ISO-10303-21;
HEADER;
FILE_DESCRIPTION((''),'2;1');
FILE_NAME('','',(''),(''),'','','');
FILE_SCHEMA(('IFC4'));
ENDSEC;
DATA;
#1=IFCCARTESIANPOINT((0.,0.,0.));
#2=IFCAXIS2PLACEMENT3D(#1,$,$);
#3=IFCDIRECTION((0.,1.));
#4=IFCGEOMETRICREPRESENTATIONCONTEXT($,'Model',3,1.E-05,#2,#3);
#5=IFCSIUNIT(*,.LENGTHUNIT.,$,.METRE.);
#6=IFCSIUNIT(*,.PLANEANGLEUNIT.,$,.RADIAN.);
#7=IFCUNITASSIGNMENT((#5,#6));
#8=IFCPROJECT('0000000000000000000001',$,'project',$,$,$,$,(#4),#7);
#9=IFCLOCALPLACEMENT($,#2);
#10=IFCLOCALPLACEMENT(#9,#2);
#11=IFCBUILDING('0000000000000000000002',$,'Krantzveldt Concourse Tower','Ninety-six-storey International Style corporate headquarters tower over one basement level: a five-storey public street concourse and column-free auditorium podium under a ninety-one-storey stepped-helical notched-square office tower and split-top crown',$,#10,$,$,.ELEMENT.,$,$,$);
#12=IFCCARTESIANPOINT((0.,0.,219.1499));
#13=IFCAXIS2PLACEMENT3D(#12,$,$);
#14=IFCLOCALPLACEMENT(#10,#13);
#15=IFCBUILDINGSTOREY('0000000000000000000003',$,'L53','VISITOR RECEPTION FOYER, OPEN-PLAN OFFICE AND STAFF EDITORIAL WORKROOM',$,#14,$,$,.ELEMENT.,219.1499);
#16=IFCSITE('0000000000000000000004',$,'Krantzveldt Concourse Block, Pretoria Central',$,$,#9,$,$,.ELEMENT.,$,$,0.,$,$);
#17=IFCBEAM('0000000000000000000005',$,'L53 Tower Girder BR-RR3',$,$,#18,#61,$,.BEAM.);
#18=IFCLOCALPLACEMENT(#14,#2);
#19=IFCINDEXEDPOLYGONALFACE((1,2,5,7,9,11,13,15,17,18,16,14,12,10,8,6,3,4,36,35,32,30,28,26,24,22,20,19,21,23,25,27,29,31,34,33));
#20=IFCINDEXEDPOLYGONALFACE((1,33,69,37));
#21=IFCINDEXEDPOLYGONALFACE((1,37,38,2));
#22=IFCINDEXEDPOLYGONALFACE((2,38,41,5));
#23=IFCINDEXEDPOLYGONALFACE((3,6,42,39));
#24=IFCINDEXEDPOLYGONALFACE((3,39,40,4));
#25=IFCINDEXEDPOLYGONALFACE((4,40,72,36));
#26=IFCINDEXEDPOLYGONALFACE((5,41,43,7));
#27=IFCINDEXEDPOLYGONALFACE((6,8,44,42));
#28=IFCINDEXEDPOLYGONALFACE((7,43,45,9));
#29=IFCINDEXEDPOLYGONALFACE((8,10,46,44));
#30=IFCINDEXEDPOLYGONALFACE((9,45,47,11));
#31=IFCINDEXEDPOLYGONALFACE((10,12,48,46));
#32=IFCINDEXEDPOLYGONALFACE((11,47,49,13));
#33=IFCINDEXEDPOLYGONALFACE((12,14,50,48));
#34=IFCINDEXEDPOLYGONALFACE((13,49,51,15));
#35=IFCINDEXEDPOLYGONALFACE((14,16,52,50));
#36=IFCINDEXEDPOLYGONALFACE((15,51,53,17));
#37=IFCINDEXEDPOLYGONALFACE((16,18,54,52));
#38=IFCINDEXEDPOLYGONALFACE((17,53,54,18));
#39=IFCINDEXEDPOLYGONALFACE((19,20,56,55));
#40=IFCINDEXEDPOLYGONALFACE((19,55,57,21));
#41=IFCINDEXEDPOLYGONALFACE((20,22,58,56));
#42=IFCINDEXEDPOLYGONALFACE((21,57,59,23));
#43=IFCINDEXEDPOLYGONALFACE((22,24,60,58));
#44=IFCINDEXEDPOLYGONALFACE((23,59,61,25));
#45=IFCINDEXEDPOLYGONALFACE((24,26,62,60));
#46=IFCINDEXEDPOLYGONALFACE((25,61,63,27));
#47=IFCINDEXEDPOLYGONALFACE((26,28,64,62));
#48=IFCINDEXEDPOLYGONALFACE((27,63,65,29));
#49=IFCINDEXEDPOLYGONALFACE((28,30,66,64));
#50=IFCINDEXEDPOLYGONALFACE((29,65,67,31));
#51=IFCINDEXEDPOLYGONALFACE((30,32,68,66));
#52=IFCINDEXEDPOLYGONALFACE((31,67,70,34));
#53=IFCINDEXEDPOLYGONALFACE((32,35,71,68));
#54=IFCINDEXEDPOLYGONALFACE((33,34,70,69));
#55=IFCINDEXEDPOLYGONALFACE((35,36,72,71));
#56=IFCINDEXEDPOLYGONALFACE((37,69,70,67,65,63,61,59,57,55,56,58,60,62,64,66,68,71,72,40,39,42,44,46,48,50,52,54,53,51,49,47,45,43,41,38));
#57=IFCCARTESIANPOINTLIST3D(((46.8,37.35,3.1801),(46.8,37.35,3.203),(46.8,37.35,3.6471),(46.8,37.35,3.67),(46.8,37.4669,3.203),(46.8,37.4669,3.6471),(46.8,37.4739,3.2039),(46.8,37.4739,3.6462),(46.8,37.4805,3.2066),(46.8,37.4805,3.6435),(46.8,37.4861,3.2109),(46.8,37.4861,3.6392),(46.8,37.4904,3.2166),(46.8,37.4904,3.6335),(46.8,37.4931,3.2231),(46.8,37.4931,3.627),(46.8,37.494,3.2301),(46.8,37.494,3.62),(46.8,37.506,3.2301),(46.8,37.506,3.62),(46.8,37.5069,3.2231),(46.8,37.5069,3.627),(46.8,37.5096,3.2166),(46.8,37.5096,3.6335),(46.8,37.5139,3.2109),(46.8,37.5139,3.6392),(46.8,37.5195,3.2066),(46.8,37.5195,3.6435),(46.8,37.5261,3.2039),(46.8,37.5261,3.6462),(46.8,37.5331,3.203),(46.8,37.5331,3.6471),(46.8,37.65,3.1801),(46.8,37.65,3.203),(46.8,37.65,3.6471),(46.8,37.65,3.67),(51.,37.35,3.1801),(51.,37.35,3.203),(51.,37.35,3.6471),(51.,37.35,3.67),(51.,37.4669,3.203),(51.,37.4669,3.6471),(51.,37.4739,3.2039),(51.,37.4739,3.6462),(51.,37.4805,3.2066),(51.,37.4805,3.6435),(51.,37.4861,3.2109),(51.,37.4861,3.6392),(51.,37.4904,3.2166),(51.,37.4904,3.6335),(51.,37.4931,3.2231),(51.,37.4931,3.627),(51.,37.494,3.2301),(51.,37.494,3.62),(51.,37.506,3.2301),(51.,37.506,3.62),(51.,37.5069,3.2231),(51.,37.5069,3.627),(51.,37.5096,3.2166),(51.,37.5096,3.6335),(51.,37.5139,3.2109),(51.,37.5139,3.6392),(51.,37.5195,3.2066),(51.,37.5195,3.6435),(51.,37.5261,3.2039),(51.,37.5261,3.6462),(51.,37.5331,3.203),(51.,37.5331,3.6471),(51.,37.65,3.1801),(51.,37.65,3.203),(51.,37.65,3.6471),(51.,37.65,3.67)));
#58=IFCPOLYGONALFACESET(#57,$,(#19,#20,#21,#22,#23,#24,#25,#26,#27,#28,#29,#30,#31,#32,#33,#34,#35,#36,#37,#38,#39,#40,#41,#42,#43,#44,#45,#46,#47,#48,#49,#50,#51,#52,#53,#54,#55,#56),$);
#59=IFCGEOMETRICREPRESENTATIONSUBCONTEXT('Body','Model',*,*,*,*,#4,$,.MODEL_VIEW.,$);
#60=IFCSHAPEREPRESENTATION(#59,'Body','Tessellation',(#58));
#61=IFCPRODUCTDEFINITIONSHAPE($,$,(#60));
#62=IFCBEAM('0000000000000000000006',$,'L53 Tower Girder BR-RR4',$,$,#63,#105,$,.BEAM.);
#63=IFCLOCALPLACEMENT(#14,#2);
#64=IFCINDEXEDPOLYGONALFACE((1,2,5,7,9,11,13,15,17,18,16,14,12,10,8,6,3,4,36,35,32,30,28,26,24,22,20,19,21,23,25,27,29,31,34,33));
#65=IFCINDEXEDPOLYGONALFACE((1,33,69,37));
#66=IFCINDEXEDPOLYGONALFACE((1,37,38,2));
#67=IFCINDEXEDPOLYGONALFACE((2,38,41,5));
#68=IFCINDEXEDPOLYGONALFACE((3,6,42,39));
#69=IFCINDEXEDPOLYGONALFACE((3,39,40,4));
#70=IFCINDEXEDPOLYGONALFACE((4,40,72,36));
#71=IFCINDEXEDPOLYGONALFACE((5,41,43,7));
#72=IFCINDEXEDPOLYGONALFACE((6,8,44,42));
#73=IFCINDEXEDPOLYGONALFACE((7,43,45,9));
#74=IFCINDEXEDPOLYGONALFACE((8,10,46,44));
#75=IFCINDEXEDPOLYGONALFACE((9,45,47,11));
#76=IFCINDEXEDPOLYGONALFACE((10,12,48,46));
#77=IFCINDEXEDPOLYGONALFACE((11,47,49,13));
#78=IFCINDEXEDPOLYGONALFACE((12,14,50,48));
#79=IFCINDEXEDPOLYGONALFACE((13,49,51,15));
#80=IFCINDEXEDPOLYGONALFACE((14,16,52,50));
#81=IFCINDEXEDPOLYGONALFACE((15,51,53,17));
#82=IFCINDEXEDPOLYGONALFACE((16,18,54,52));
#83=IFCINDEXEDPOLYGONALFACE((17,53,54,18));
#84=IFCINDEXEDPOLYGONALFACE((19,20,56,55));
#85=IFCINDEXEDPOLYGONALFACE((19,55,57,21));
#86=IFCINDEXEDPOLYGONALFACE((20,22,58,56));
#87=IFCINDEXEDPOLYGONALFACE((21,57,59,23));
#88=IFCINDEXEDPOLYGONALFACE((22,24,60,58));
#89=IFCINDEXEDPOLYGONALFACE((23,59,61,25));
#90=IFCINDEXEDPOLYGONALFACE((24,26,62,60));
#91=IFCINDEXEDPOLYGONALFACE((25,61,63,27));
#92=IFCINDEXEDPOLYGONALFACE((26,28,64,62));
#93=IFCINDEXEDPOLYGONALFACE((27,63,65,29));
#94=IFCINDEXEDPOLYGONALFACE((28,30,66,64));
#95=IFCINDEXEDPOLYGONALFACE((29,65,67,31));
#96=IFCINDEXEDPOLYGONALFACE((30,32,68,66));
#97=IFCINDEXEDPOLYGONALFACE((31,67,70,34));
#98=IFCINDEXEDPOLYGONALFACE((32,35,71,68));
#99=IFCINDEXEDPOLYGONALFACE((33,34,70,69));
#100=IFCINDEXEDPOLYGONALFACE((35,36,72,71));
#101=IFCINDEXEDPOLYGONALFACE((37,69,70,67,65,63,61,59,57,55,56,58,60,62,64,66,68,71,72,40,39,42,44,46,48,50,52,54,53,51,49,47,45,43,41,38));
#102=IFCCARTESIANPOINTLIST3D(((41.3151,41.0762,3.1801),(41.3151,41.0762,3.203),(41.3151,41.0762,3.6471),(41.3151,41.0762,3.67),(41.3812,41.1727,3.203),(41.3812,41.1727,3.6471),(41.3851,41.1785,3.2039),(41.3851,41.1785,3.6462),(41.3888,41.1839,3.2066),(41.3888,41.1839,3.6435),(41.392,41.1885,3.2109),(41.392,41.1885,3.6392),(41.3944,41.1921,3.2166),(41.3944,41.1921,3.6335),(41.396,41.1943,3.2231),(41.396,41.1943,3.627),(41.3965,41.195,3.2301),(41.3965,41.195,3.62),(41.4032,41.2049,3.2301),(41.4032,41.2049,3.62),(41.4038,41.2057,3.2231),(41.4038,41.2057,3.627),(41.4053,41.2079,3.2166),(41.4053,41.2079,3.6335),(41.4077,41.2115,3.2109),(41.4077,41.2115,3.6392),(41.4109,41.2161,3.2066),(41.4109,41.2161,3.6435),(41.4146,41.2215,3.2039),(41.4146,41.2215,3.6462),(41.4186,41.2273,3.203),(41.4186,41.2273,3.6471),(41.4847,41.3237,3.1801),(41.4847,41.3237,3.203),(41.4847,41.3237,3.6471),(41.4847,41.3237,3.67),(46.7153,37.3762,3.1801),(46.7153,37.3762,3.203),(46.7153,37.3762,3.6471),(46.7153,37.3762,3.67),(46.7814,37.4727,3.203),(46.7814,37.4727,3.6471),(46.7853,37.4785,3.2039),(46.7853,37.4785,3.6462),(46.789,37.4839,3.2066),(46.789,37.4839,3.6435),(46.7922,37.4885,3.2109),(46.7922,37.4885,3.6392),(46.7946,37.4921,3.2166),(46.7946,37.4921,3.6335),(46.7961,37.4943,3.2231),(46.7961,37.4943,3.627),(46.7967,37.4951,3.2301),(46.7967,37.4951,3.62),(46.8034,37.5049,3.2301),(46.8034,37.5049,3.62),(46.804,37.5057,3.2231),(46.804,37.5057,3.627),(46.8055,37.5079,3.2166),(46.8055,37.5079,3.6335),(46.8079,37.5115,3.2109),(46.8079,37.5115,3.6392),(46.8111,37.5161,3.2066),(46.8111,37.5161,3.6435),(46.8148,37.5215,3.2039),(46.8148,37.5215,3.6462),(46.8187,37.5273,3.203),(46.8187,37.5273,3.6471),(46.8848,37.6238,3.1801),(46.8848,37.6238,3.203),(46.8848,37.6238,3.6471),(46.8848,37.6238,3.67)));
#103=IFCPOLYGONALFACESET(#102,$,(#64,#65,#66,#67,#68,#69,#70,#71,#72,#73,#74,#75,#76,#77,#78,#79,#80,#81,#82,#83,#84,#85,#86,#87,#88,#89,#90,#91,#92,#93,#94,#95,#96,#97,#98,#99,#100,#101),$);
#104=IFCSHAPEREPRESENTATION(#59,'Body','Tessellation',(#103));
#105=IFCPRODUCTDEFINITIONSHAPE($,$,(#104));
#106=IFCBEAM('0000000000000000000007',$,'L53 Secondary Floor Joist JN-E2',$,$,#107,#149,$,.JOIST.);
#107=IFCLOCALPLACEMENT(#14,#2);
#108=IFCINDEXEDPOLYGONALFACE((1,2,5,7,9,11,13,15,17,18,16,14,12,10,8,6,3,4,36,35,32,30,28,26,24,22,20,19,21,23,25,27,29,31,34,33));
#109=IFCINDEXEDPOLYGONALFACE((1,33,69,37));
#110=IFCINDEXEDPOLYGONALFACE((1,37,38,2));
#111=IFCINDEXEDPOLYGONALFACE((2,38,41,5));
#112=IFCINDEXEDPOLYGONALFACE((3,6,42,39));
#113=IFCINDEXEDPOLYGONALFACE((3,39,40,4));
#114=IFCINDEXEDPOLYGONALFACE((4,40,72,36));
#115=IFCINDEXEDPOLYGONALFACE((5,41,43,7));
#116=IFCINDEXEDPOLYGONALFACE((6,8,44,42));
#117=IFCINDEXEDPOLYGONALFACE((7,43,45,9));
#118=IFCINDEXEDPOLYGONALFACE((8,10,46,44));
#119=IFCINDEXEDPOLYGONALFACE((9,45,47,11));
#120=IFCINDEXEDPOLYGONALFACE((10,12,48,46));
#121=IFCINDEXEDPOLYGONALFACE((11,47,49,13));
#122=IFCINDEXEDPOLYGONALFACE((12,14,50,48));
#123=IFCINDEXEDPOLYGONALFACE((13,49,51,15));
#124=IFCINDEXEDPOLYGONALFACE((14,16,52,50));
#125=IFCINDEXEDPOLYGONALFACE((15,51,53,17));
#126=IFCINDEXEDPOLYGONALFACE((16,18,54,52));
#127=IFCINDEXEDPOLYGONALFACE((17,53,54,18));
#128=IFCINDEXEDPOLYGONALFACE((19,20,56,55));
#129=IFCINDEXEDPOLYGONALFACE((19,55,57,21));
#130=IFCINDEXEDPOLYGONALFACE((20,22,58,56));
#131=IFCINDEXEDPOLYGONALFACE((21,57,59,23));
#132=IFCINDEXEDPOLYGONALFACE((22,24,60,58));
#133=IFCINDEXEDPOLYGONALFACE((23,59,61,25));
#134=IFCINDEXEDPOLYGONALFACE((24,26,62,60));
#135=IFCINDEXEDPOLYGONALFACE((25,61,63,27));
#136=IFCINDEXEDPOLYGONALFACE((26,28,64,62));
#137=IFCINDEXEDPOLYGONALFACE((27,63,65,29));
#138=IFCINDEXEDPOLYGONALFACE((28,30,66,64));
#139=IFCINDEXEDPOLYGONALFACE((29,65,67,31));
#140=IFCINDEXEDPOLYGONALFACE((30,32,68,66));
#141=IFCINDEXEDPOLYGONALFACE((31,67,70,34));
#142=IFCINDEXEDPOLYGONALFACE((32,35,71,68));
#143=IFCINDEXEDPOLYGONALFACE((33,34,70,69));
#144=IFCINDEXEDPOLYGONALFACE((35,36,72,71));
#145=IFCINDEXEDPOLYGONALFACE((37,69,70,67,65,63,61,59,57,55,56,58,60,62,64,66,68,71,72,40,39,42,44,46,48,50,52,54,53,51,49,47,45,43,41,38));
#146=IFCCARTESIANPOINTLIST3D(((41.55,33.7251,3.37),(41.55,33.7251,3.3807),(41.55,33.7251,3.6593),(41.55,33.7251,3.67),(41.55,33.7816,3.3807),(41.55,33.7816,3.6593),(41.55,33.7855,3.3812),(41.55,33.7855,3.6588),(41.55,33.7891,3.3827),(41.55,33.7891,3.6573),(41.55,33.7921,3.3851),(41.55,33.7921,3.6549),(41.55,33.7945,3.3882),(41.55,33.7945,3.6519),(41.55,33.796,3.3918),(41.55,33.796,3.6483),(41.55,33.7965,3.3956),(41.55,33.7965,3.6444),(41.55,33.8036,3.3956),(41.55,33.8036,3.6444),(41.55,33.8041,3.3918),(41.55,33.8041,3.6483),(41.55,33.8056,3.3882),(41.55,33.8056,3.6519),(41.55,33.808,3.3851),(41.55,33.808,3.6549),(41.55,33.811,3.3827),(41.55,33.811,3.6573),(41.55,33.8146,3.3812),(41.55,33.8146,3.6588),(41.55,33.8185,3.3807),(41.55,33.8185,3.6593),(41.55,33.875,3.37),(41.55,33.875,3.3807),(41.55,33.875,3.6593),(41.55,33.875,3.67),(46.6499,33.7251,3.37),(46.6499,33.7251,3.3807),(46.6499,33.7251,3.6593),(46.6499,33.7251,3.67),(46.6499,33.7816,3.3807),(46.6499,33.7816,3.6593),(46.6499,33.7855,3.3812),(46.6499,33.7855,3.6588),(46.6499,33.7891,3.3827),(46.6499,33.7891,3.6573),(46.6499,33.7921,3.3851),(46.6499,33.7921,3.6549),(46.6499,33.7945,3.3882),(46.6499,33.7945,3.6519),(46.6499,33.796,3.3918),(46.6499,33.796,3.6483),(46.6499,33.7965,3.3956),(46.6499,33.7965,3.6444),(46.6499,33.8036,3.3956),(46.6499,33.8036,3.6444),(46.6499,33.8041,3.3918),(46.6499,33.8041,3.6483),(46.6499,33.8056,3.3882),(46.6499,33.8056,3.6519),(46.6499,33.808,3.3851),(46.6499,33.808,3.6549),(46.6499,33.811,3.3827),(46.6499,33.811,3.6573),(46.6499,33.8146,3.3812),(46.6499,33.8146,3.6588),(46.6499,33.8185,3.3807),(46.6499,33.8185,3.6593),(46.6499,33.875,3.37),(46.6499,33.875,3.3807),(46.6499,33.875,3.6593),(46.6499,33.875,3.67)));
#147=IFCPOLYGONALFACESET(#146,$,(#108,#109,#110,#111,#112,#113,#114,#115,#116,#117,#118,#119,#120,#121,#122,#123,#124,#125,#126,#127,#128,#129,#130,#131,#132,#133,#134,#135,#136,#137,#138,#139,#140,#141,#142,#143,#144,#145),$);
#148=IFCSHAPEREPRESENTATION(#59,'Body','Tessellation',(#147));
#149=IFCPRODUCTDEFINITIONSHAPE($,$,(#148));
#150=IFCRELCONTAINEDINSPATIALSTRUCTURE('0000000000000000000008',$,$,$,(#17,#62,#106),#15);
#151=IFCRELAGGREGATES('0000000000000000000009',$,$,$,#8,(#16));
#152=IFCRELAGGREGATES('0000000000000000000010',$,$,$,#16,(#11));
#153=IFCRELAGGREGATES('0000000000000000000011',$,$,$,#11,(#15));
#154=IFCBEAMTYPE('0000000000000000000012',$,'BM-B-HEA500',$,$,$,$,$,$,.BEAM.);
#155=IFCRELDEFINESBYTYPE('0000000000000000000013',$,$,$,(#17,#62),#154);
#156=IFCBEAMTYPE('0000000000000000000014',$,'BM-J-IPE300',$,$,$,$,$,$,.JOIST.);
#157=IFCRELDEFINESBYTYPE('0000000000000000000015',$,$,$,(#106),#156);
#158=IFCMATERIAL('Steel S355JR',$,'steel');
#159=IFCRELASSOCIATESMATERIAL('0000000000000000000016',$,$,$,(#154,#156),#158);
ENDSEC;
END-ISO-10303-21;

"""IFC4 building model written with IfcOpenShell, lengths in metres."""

from ifc_helpers import new_model, si_unit, direction, frame, origin, origin_2d, place, context, subcontext, project, spatial, i_section, extrude, source, transform, mapped, material, material_profile, profile_set, type_object, type_shapes, element, save


model = new_model("IFC4")

# Units and contexts
model_context = context("Model", 3, precision=1e-05, world=origin(), true_north=direction((0.0, 1.0)))
body_context = subcontext(model_context, "Body", "Model", "MODEL_VIEW")
ifc_project = project(units=[si_unit("LENGTHUNIT", "METRE"), si_unit("PLANEANGLEUNIT", "RADIAN")], contexts=[model_context])

# Site, building, storey
site_placement = place(None, origin())
site = spatial("IfcSite", under=ifc_project, at=site_placement, Name="Krantzveldt Concourse Block, Pretoria Central", CompositionType="ELEMENT", RefElevation=0.0)
building_placement = place(site_placement, origin())
building = spatial("IfcBuilding", under=site, at=building_placement, Name="Krantzveldt Concourse Tower", Description="Ninety-six-storey International Style corporate headquarters tower over one basement level: a five-storey public street concourse and column-free auditorium podium under a ninety-one-storey stepped-helical notched-square office tower and split-top crown", CompositionType="ELEMENT")
storey_placement = place(building_placement, frame((0.0, 0.0, 219.1499)))
storey = spatial("IfcBuildingStorey", under=building, at=storey_placement, Name="L53", Description="VISITOR RECEPTION FOYER, OPEN-PLAN OFFICE AND STAFF EDITORIAL WORKROOM", CompositionType="ELEMENT", Elevation=219.1499)

# Beams
ifc_material_1 = material(Name="Steel S355JR", Category="steel")
ifc_material_profile_1 = material_profile(ifc_material_1, i_section(OverallWidth=0.3, OverallDepth=0.49, WebThickness=0.012, FlangeThickness=0.0229, FilletRadius=0.0271, at=origin_2d()), Name="Steel S355JR", Category="steel")
ifc_profile_set_1 = profile_set([ifc_material_profile_1], Name="Steel S355JR - HEA 500")
beam_type_1 = type_object("IfcBeamType", Name="BM-B-HEA500", PredefinedType="BEAM", material=ifc_profile_set_1)
shared_shape_1 = source(origin(), body_context, "Body", "SweptSolid", [
    extrude(i_section(OverallWidth=0.3, OverallDepth=0.49, WebThickness=0.012, FlangeThickness=0.0229, FilletRadius=0.0271, at=origin_2d()), origin(), (0.0, 0.0, 1.0), 4.2),
])
beam_1_placement = place(storey_placement, frame((46.8, 37.5, 3.425), z_axis=(1.0, 0.0, 0.0), x_axis=(0.0, 1.0, 0.0)))
element("IfcBeam", 1, at=beam_1_placement, inside=storey, type_object=beam_type_1, Name="L53 Tower Girder BR-RR3", PredefinedType="BEAM", context=body_context, shape_type="MappedRepresentation", body=[
    mapped(shared_shape_1, transform((0.0, 0.0, 0.0), x_axis=(1.0, 0.0, 0.0), y_axis=(0.0, 1.0, 0.0), z_axis=(0.0, 0.0, 1.0), scale=1.0)),
])
shared_shape_2 = source(origin(), body_context, "Body", "SweptSolid", [
    extrude(i_section(OverallWidth=0.3, OverallDepth=0.49, WebThickness=0.012, FlangeThickness=0.0229, FilletRadius=0.0271, at=origin_2d()), origin(), (0.0, 0.0, 1.0), 6.5461),
])
type_shapes(beam_type_1, [shared_shape_1, shared_shape_2])
beam_2_placement = place(storey_placement, frame((46.8, 37.5, 3.425), z_axis=(-0.824943, 0.565216, 0.0), x_axis=(-0.565216, -0.824943, 0.0)))
element("IfcBeam", 2, at=beam_2_placement, inside=storey, type_object=beam_type_1, Name="L53 Tower Girder BR-RR4", PredefinedType="BEAM", context=body_context, shape_type="MappedRepresentation", body=[
    mapped(shared_shape_2, transform((0.0, 0.0, 0.0), x_axis=(1.0, 0.0, 0.0), y_axis=(0.0, 1.0, 0.0), z_axis=(0.0, 0.0, 1.0), scale=1.0)),
])
ifc_material_profile_2 = material_profile(ifc_material_1, i_section(OverallWidth=0.1499, OverallDepth=0.3, WebThickness=0.0071, FlangeThickness=0.0107, FilletRadius=0.0149, at=origin_2d()), Name="Steel S355JR", Category="steel")
ifc_profile_set_2 = profile_set([ifc_material_profile_2], Name="Steel S355JR - IPE 300")
beam_type_2 = type_object("IfcBeamType", Name="BM-J-IPE300", PredefinedType="JOIST", material=ifc_profile_set_2)
shared_shape_3 = source(origin(), body_context, "Body", "SweptSolid", [
    extrude(i_section(OverallWidth=0.1499, OverallDepth=0.3, WebThickness=0.0071, FlangeThickness=0.0107, FilletRadius=0.0149, at=origin_2d()), origin(), (0.0, 0.0, 1.0), 5.0999),
])
type_shapes(beam_type_2, [shared_shape_3])
beam_3_placement = place(storey_placement, frame((41.55, 33.8, 3.52), z_axis=(1.0, 0.0, 0.0), x_axis=(0.0, 1.0, 0.0)))
element("IfcBeam", 3, at=beam_3_placement, inside=storey, type_object=beam_type_2, Name="L53 Secondary Floor Joist JN-E2", PredefinedType="JOIST", context=body_context, shape_type="MappedRepresentation", body=[
    mapped(shared_shape_3, transform((0.0, 0.0, 0.0), x_axis=(1.0, 0.0, 0.0), y_axis=(0.0, 1.0, 0.0), z_axis=(0.0, 0.0, 1.0), scale=1.0)),
])

save(model, "model.ifc")
